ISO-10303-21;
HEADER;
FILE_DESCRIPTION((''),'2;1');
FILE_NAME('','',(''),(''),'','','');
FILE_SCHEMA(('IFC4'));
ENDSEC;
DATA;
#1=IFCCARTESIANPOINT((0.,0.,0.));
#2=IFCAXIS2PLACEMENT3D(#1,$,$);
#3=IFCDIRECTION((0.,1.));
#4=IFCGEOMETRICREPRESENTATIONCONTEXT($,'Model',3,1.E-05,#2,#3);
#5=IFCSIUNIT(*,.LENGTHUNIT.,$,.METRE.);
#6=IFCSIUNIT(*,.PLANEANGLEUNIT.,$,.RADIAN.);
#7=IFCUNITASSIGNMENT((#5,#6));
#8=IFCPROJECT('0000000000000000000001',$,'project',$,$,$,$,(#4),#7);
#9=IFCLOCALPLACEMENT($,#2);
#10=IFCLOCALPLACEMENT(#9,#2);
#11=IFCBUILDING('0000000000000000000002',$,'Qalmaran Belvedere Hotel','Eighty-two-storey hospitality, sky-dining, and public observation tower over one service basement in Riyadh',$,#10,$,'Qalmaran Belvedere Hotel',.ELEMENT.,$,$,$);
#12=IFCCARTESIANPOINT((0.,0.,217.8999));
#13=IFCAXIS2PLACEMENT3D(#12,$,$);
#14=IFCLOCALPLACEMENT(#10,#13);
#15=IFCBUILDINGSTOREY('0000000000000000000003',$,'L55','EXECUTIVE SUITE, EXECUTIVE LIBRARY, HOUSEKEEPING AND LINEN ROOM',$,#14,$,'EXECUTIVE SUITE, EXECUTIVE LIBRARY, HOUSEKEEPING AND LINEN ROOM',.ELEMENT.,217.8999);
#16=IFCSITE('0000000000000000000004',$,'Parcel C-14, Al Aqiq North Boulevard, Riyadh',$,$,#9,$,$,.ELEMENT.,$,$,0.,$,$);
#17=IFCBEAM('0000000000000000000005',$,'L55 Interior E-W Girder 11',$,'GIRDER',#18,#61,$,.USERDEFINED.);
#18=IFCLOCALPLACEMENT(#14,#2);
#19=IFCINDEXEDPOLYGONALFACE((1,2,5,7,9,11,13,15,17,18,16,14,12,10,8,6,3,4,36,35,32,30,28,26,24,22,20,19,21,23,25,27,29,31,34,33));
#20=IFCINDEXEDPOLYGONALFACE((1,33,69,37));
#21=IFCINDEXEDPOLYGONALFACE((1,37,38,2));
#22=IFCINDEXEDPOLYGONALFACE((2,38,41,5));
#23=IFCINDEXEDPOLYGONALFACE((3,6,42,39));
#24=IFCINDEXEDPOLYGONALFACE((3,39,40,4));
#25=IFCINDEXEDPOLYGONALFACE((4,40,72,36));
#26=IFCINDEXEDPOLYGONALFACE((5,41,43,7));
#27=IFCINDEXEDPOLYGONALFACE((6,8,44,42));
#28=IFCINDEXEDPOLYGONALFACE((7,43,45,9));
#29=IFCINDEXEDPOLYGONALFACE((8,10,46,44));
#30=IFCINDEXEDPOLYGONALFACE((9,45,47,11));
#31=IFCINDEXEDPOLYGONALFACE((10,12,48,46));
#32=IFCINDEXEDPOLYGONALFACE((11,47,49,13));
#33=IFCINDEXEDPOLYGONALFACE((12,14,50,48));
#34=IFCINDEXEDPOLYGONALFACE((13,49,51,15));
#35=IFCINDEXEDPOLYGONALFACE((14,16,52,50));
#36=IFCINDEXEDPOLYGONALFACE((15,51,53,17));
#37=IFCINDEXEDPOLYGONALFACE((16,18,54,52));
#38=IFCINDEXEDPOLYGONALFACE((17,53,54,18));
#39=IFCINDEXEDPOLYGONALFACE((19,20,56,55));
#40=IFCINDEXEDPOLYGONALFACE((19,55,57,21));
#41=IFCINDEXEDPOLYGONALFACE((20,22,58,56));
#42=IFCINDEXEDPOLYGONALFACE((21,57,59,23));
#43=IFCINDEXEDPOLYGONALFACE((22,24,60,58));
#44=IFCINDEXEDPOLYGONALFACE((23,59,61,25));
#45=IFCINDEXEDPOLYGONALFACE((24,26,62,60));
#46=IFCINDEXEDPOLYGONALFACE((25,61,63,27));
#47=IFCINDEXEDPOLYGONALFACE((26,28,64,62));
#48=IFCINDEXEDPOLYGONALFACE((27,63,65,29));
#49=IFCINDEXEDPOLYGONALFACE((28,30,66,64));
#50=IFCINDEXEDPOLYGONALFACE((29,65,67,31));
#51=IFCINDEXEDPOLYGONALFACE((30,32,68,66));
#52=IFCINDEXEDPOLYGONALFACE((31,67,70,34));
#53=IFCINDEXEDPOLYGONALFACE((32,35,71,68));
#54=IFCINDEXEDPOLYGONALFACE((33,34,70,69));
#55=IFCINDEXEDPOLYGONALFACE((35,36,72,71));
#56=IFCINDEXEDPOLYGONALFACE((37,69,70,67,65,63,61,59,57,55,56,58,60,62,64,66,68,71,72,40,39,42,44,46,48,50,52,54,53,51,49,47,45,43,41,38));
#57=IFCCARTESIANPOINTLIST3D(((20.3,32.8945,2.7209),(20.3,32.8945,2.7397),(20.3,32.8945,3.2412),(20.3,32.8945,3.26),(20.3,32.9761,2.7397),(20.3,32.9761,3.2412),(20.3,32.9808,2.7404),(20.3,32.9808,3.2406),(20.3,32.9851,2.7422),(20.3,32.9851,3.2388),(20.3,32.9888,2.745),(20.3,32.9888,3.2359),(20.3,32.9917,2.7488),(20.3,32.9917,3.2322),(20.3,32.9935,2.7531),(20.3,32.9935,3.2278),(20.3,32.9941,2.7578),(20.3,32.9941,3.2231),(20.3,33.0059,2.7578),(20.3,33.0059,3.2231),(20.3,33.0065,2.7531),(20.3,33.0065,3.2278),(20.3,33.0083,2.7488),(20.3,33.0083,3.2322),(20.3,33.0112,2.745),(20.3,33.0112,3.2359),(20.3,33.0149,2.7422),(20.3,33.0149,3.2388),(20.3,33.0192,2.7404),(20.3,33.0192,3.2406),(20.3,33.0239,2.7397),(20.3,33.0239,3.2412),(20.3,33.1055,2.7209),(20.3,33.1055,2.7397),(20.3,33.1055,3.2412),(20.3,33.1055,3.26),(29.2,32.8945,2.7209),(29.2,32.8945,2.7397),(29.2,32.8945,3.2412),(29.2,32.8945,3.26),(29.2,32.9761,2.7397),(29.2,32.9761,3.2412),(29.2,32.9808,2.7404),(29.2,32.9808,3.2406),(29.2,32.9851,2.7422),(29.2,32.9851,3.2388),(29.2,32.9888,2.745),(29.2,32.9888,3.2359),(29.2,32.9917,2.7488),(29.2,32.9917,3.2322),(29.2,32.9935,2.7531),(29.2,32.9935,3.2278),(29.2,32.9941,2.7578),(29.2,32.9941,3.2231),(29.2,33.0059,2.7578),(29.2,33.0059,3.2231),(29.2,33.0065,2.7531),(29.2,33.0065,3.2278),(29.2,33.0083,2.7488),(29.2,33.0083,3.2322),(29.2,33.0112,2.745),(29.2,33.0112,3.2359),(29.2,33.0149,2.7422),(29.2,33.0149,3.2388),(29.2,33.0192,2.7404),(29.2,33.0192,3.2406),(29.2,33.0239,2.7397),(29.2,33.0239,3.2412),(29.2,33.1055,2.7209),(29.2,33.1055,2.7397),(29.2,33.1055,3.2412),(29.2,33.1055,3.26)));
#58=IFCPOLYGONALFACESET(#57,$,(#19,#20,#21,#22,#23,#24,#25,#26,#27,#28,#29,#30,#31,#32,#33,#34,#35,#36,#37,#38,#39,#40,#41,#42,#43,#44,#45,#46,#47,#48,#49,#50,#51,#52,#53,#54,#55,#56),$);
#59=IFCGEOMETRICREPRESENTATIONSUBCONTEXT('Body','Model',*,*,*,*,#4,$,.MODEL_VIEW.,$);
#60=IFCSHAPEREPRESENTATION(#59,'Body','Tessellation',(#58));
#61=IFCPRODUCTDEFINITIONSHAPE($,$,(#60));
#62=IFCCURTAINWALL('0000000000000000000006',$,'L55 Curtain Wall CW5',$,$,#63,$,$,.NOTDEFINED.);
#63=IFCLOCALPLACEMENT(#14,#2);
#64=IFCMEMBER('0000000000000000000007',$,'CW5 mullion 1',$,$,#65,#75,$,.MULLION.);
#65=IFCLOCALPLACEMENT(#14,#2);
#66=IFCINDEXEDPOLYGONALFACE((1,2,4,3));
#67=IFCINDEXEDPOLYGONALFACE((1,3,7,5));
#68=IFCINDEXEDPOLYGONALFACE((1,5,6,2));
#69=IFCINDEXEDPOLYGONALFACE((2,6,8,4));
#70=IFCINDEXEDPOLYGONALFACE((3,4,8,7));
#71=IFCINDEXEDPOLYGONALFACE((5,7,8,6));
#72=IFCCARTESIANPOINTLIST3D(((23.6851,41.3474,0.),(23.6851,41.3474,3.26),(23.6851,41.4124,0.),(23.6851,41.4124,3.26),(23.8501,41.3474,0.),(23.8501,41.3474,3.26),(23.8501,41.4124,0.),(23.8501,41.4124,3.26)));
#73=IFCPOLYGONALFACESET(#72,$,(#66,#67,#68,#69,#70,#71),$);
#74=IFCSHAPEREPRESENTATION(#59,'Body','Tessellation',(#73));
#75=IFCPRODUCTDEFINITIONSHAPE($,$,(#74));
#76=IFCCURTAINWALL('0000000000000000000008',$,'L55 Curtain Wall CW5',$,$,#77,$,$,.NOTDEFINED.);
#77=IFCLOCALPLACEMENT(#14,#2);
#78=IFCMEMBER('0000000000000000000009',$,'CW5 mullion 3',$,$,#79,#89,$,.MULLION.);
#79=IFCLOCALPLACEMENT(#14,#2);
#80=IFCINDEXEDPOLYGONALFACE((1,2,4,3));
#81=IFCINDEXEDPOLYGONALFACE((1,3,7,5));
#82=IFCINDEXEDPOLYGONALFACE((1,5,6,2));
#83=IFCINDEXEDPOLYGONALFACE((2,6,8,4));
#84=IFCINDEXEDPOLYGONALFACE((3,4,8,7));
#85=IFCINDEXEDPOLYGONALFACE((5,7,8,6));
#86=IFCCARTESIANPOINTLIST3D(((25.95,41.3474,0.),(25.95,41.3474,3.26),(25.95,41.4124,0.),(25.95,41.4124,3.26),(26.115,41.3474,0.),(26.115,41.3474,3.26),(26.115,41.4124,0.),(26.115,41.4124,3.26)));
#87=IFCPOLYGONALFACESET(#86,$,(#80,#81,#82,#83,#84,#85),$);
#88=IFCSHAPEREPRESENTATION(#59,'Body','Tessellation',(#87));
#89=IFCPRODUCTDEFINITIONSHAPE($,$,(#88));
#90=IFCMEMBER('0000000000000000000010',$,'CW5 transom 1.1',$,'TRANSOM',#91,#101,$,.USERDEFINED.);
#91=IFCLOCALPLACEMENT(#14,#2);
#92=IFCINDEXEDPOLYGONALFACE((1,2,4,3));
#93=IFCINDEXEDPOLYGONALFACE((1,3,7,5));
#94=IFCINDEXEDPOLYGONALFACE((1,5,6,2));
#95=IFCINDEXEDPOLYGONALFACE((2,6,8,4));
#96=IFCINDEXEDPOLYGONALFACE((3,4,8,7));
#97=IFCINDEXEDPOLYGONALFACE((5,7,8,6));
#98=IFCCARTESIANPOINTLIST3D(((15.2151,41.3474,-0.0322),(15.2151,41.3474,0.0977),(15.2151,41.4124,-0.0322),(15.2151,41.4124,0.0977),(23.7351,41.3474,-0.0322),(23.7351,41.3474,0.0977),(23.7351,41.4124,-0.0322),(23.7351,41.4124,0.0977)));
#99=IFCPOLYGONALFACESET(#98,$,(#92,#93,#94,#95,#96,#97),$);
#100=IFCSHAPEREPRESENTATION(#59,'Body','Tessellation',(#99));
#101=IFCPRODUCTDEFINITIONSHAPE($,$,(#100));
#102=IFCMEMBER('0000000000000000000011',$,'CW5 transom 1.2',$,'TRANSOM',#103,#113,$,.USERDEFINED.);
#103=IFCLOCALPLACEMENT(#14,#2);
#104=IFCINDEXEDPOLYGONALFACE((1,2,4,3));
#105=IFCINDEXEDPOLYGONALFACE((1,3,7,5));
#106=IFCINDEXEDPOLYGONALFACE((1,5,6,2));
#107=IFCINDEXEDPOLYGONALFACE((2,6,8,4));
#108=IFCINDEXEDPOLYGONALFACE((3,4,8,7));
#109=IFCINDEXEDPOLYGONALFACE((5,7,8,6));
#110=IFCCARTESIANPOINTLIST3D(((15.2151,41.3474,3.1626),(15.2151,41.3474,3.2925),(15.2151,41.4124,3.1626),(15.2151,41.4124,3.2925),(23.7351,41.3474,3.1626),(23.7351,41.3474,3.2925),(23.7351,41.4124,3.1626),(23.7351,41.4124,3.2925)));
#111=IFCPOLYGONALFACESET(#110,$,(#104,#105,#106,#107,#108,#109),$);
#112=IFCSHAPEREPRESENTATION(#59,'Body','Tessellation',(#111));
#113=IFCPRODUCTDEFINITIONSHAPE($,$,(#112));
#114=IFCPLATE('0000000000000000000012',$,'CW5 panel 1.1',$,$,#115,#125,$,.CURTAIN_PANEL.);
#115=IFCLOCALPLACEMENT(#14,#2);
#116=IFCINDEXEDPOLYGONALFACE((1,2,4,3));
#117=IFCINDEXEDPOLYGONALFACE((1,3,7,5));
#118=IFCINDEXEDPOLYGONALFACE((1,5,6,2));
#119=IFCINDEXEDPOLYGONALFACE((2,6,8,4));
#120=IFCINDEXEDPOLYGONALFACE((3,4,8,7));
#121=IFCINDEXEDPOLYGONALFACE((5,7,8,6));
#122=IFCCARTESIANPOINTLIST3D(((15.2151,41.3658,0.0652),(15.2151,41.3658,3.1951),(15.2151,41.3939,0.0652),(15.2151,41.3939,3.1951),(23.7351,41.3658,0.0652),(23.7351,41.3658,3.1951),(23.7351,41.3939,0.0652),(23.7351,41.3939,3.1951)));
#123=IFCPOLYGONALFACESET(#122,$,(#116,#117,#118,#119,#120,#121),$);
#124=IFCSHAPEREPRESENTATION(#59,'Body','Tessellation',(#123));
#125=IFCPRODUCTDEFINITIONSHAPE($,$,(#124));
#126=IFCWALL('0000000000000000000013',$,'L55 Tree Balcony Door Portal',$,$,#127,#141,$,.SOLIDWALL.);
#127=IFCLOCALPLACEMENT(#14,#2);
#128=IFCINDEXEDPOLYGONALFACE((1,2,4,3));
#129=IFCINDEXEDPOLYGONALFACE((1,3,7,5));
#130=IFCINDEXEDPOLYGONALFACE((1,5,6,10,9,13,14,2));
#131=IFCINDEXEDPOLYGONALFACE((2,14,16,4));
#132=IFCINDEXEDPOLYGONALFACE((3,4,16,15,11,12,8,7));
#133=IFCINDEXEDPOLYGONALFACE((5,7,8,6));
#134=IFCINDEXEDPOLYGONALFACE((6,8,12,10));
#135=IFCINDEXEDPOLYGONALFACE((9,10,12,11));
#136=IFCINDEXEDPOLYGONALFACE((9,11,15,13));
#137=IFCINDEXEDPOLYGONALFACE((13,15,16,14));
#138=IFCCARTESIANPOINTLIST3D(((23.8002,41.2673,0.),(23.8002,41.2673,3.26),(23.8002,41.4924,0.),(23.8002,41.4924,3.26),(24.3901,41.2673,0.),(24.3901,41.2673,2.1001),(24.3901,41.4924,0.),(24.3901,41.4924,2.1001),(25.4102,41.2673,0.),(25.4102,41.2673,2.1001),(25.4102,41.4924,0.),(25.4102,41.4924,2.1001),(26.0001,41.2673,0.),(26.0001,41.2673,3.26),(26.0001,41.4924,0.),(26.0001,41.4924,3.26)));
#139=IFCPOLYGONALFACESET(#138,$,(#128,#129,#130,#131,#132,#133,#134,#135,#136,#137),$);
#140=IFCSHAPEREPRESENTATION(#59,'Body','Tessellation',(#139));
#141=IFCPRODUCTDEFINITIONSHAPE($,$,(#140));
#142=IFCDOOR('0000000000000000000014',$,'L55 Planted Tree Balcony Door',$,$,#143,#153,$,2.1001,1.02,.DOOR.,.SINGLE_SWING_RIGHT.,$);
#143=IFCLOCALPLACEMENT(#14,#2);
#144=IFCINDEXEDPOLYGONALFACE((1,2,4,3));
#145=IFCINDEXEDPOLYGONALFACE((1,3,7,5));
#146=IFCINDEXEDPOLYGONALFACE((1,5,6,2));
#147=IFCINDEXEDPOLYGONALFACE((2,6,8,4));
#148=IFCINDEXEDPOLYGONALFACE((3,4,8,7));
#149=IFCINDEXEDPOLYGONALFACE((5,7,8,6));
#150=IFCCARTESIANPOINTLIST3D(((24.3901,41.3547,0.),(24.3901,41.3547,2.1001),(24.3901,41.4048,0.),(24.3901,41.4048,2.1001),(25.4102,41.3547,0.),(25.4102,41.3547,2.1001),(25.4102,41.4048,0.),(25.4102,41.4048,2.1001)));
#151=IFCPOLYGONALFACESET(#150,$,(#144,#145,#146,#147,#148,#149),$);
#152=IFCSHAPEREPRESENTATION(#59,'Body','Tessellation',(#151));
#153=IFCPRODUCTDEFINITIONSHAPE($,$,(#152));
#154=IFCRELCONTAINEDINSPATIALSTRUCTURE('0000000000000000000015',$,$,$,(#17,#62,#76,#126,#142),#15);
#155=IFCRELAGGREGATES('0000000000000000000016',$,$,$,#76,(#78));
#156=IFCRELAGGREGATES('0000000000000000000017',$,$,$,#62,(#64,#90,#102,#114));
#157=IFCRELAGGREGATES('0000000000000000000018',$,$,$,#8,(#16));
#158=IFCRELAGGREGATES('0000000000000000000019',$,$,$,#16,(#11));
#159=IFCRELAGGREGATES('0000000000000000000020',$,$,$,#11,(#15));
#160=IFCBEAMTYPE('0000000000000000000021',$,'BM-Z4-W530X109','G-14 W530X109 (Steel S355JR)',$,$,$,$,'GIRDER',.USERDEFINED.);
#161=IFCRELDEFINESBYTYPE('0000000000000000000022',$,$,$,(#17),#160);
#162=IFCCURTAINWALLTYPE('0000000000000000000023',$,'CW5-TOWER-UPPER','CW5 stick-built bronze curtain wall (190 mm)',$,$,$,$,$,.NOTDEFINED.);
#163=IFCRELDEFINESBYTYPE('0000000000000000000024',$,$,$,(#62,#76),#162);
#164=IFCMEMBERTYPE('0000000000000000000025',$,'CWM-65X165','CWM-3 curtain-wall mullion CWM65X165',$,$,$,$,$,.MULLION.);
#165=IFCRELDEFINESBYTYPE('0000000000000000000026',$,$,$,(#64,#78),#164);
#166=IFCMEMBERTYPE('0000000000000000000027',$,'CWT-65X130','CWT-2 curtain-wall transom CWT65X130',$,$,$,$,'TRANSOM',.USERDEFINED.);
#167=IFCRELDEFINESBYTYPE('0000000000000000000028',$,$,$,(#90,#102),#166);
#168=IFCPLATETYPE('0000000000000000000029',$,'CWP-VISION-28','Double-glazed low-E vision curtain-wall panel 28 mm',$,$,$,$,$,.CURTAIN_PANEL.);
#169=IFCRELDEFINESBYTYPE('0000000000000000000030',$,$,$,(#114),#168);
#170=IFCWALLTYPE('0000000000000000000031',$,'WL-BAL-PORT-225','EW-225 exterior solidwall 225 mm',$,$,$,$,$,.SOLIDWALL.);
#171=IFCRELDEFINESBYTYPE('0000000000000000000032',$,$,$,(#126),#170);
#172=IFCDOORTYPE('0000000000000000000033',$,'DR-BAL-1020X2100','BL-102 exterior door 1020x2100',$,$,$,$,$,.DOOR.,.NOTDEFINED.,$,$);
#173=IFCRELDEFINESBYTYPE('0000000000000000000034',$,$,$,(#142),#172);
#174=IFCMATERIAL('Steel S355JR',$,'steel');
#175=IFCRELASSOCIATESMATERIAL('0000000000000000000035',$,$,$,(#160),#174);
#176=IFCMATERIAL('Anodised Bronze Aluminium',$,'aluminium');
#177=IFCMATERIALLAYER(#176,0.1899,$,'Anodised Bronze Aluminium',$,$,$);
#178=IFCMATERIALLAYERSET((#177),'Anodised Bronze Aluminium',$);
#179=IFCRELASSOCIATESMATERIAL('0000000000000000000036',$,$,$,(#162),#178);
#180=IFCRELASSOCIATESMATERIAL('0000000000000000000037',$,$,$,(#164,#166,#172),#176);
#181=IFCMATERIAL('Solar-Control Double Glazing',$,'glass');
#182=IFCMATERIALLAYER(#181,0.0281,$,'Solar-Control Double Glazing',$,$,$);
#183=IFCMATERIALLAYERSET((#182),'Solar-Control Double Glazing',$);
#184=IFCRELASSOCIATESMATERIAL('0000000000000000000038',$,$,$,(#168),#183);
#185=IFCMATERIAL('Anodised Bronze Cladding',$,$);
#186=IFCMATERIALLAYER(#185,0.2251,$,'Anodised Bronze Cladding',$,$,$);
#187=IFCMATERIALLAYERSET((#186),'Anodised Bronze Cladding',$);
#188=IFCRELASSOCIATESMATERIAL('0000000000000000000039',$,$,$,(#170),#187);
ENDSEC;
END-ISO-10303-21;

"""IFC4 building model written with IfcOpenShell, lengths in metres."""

from ifc_helpers import new_model, si_unit, direction, frame, frame_2d, origin, origin_2d, place, context, subcontext, project, spatial, rectangle, i_section, extrude, material, layer, layer_set, material_profile, profile_set, type_object, element, fill, aggregate, save


model = new_model("IFC4")

# Units and contexts
model_context = context("Model", 3, precision=1e-05, world=origin(), true_north=direction((0.0, 1.0)))
body_context = subcontext(model_context, "Body", "Model", "MODEL_VIEW")
ifc_project = project(units=[si_unit("LENGTHUNIT", "METRE"), si_unit("PLANEANGLEUNIT", "RADIAN")], contexts=[model_context])

# Site, building, storey
site_placement = place(None, origin())
site = spatial("IfcSite", under=ifc_project, at=site_placement, Name="Parcel C-14, Al Aqiq North Boulevard, Riyadh", CompositionType="ELEMENT", RefElevation=0.0)
building_placement = place(site_placement, origin())
building = spatial("IfcBuilding", under=site, at=building_placement, Name="Qalmaran Belvedere Hotel", Description="Eighty-two-storey hospitality, sky-dining, and public observation tower over one service basement in Riyadh", LongName="Qalmaran Belvedere Hotel", CompositionType="ELEMENT")
storey_placement = place(building_placement, frame((0.0, 0.0, 217.8999)))
storey = spatial("IfcBuildingStorey", under=building, at=storey_placement, Name="L55", Description="EXECUTIVE SUITE, EXECUTIVE LIBRARY, HOUSEKEEPING AND LINEN ROOM", LongName="EXECUTIVE SUITE, EXECUTIVE LIBRARY, HOUSEKEEPING AND LINEN ROOM", CompositionType="ELEMENT", Elevation=217.8999)

# Beam
ifc_material_1 = material(Name="Steel S355JR", Category="steel")
ifc_material_profile_1 = material_profile(ifc_material_1, i_section(OverallWidth=0.2109, OverallDepth=0.5391, WebThickness=0.0117, FlangeThickness=0.0188, FilletRadius=0.0181, at=origin_2d()), Name="W530X109")
ifc_profile_set_1 = profile_set([ifc_material_profile_1], Name="Steel S355JR")
beam_type_1 = type_object("IfcBeamType", Name="BM-Z4-W530X109", Description="G-14 W530X109 (Steel S355JR)", ElementType="GIRDER", PredefinedType="USERDEFINED", material=ifc_profile_set_1)
beam_1_placement = place(storey_placement, frame((20.3, 33.0, 2.9905), z_axis=(1.0, 0.0, 0.0), x_axis=(0.0, 1.0, 0.0)))
element("IfcBeam", 1, at=beam_1_placement, inside=storey, type_object=beam_type_1, Name="L55 Interior E-W Girder 11", ObjectType="GIRDER", PredefinedType="USERDEFINED", context=body_context, shape_type="SweptSolid", body=[
    extrude(i_section(OverallWidth=0.2109, OverallDepth=0.5391, WebThickness=0.0117, FlangeThickness=0.0188, FilletRadius=0.0181, at=origin_2d()), origin(), (0.0, 0.0, 1.0), 8.8999),
])

# Curtain walls, members
ifc_material_2 = material(Name="Anodised Bronze Aluminium", Category="aluminium")
ifc_layer_1 = layer(ifc_material_2, 0.1899, Name="Anodised Bronze Aluminium")
ifc_layer_set_1 = layer_set([ifc_layer_1], Name="Anodised Bronze Aluminium")
curtain_wall_type = type_object("IfcCurtainWallType", Name="CW5-TOWER-UPPER", Description="CW5 stick-built bronze curtain wall (190 mm)", PredefinedType="NOTDEFINED", material=ifc_layer_set_1)
curtain_wall_1_placement = place(storey_placement, origin())
curtain_wall_1 = element("IfcCurtainWall", 2, at=curtain_wall_1_placement, inside=storey, type_object=curtain_wall_type, Name="L55 Curtain Wall CW5", PredefinedType="NOTDEFINED")
ifc_material_profile_2 = material_profile(ifc_material_2, rectangle(XDim=0.0649, YDim=0.165, at=origin_2d()), Name="CWM65X165")
ifc_profile_set_2 = profile_set([ifc_material_profile_2], Name="Anodised Bronze Aluminium")
member_type_1 = type_object("IfcMemberType", Name="CWM-65X165", Description="CWM-3 curtain-wall mullion CWM65X165", PredefinedType="MULLION", material=ifc_profile_set_2)
member_1_placement = place(storey_placement, frame((23.7676, 41.3799, 0.0), z_axis=(0.0, 0.0, 1.0), x_axis=(0.0, -1.0, 0.0)))
member_1 = element("IfcMember", 3, at=member_1_placement, type_object=member_type_1, Name="CW5 mullion 1", PredefinedType="MULLION", context=body_context, shape_type="SweptSolid", body=[
    extrude(rectangle(XDim=0.0649, YDim=0.165, at=origin_2d()), origin(), (0.0, 0.0, 1.0), 3.26),
])
curtain_wall_2_placement = place(storey_placement, origin())
curtain_wall_2 = element("IfcCurtainWall", 4, at=curtain_wall_2_placement, inside=storey, type_object=curtain_wall_type, Name="L55 Curtain Wall CW5", PredefinedType="NOTDEFINED")
member_2_placement = place(storey_placement, frame((26.0325, 41.3799, 0.0), z_axis=(0.0, 0.0, 1.0), x_axis=(0.0, -1.0, 0.0)))
member_2 = element("IfcMember", 5, at=member_2_placement, type_object=member_type_1, Name="CW5 mullion 3", PredefinedType="MULLION", context=body_context, shape_type="SweptSolid", body=[
    extrude(rectangle(XDim=0.0649, YDim=0.165, at=origin_2d()), origin(), (0.0, 0.0, 1.0), 3.26),
])
aggregate(curtain_wall_2, [member_2])

# Members
ifc_material_profile_3 = material_profile(ifc_material_2, rectangle(XDim=0.0649, YDim=0.1299, at=origin_2d()), Name="CWT65X130")
ifc_profile_set_3 = profile_set([ifc_material_profile_3], Name="Anodised Bronze Aluminium")
member_type_2 = type_object("IfcMemberType", Name="CWT-65X130", Description="CWT-2 curtain-wall transom CWT65X130", ElementType="TRANSOM", PredefinedType="USERDEFINED", material=ifc_profile_set_3)
member_3_placement = place(storey_placement, frame((23.7351, 41.3799, 0.0327), z_axis=(-1.0, 0.0, 0.0), x_axis=(0.0, -1.0, 0.0)))
member_3 = element("IfcMember", 6, at=member_3_placement, type_object=member_type_2, Name="CW5 transom 1.1", ObjectType="TRANSOM", PredefinedType="USERDEFINED", context=body_context, shape_type="SweptSolid", body=[
    extrude(rectangle(XDim=0.0649, YDim=0.1299, at=origin_2d()), origin(), (0.0, 0.0, 1.0), 8.52),
])
member_4_placement = place(storey_placement, frame((23.7351, 41.3799, 3.2275), z_axis=(-1.0, 0.0, 0.0), x_axis=(0.0, -1.0, 0.0)))
member_4 = element("IfcMember", 7, at=member_4_placement, type_object=member_type_2, Name="CW5 transom 1.2", ObjectType="TRANSOM", PredefinedType="USERDEFINED", context=body_context, shape_type="SweptSolid", body=[
    extrude(rectangle(XDim=0.0649, YDim=0.1299, at=origin_2d()), origin(), (0.0, 0.0, 1.0), 8.52),
])

# Plate
ifc_material_3 = material(Name="Solar-Control Double Glazing", Category="glass")
ifc_layer_2 = layer(ifc_material_3, 0.0281, Name="Solar-Control Double Glazing")
ifc_layer_set_2 = layer_set([ifc_layer_2], Name="Solar-Control Double Glazing")
plate_type = type_object("IfcPlateType", Name="CWP-VISION-28", Description="Double-glazed low-E vision curtain-wall panel 28 mm", PredefinedType="CURTAIN_PANEL", material=ifc_layer_set_2)
plate_placement = place(storey_placement, frame((19.4751, 41.3799, 0.0652), z_axis=(0.0, 0.0, 1.0), x_axis=(-1.0, 0.0, 0.0)))
plate = element("IfcPlate", 8, at=plate_placement, type_object=plate_type, Name="CW5 panel 1.1", PredefinedType="CURTAIN_PANEL", context=body_context, shape_type="SweptSolid", body=[
    extrude(rectangle(XDim=8.52, YDim=0.0281, at=origin_2d()), origin(), (0.0, 0.0, 1.0), 3.1299),
])
aggregate(curtain_wall_1, [member_1, member_3, member_4, plate])

# Wall, opening, door
ifc_material_4 = material(Name="Anodised Bronze Cladding")
ifc_layer_3 = layer(ifc_material_4, 0.2251, Name="Anodised Bronze Cladding")
ifc_layer_set_3 = layer_set([ifc_layer_3], Name="Anodised Bronze Cladding")
wall_type_1 = type_object("IfcWallType", Name="WL-BAL-PORT-225", Description="EW-225 exterior solidwall 225 mm", PredefinedType="SOLIDWALL", material=ifc_layer_set_3)
wall_1_placement = place(storey_placement, frame((23.8, 41.3799, 0.0), z_axis=(0.0, 0.0, 1.0), x_axis=(1.0, 0.0, 0.0)))
wall_1 = element("IfcWall", 9, at=wall_1_placement, inside=storey, type_object=wall_type_1, Name="L55 Tree Balcony Door Portal", PredefinedType="SOLIDWALL", context=body_context, shape_type="SweptSolid", body=[
    extrude(rectangle(XDim=2.2, YDim=0.2251, at=frame_2d((1.1001, 0.0))), origin(), (0.0, 0.0, 1.0), 3.26),
])
opening_1_placement = place(wall_1_placement, frame((0.5901, 0.0, 0.0)))
opening_1 = element("IfcOpeningElement", 10, at=opening_1_placement, cuts=wall_1, PredefinedType="OPENING", context=body_context, shape_type="SweptSolid", body=[
    extrude(rectangle(XDim=1.02, YDim=2.1001, at=frame_2d((0.51, 1.05))), frame((0.0, 0.1226, 0.0), z_axis=(0.0, -1.0, 0.0), x_axis=(1.0, 0.0, 0.0)), (0.0, 0.0, 1.0), 0.2451),
])
door_type_1 = type_object("IfcDoorType", Name="DR-BAL-1020X2100", Description="BL-102 exterior door 1020x2100", OperationType="NOTDEFINED", PredefinedType="DOOR", material=ifc_material_2)
door_1_placement = place(opening_1_placement, origin())
door_1 = element("IfcDoor", 11, at=door_1_placement, inside=storey, type_object=door_type_1, Name="L55 Planted Tree Balcony Door", OperationType="SINGLE_SWING_RIGHT", OverallHeight=2.1001, OverallWidth=1.02, PredefinedType="DOOR", context=body_context, shape_type="SweptSolid", body=[
    extrude(rectangle(XDim=1.02, YDim=2.1001, at=frame_2d((0.51, 1.05))), frame((0.0, 0.0249, 0.0), z_axis=(0.0, -1.0, 0.0), x_axis=(1.0, 0.0, 0.0)), (0.0, 0.0, 1.0), 0.05),
])
fill(opening_1, door_1)

save(model, "model.ifc")
